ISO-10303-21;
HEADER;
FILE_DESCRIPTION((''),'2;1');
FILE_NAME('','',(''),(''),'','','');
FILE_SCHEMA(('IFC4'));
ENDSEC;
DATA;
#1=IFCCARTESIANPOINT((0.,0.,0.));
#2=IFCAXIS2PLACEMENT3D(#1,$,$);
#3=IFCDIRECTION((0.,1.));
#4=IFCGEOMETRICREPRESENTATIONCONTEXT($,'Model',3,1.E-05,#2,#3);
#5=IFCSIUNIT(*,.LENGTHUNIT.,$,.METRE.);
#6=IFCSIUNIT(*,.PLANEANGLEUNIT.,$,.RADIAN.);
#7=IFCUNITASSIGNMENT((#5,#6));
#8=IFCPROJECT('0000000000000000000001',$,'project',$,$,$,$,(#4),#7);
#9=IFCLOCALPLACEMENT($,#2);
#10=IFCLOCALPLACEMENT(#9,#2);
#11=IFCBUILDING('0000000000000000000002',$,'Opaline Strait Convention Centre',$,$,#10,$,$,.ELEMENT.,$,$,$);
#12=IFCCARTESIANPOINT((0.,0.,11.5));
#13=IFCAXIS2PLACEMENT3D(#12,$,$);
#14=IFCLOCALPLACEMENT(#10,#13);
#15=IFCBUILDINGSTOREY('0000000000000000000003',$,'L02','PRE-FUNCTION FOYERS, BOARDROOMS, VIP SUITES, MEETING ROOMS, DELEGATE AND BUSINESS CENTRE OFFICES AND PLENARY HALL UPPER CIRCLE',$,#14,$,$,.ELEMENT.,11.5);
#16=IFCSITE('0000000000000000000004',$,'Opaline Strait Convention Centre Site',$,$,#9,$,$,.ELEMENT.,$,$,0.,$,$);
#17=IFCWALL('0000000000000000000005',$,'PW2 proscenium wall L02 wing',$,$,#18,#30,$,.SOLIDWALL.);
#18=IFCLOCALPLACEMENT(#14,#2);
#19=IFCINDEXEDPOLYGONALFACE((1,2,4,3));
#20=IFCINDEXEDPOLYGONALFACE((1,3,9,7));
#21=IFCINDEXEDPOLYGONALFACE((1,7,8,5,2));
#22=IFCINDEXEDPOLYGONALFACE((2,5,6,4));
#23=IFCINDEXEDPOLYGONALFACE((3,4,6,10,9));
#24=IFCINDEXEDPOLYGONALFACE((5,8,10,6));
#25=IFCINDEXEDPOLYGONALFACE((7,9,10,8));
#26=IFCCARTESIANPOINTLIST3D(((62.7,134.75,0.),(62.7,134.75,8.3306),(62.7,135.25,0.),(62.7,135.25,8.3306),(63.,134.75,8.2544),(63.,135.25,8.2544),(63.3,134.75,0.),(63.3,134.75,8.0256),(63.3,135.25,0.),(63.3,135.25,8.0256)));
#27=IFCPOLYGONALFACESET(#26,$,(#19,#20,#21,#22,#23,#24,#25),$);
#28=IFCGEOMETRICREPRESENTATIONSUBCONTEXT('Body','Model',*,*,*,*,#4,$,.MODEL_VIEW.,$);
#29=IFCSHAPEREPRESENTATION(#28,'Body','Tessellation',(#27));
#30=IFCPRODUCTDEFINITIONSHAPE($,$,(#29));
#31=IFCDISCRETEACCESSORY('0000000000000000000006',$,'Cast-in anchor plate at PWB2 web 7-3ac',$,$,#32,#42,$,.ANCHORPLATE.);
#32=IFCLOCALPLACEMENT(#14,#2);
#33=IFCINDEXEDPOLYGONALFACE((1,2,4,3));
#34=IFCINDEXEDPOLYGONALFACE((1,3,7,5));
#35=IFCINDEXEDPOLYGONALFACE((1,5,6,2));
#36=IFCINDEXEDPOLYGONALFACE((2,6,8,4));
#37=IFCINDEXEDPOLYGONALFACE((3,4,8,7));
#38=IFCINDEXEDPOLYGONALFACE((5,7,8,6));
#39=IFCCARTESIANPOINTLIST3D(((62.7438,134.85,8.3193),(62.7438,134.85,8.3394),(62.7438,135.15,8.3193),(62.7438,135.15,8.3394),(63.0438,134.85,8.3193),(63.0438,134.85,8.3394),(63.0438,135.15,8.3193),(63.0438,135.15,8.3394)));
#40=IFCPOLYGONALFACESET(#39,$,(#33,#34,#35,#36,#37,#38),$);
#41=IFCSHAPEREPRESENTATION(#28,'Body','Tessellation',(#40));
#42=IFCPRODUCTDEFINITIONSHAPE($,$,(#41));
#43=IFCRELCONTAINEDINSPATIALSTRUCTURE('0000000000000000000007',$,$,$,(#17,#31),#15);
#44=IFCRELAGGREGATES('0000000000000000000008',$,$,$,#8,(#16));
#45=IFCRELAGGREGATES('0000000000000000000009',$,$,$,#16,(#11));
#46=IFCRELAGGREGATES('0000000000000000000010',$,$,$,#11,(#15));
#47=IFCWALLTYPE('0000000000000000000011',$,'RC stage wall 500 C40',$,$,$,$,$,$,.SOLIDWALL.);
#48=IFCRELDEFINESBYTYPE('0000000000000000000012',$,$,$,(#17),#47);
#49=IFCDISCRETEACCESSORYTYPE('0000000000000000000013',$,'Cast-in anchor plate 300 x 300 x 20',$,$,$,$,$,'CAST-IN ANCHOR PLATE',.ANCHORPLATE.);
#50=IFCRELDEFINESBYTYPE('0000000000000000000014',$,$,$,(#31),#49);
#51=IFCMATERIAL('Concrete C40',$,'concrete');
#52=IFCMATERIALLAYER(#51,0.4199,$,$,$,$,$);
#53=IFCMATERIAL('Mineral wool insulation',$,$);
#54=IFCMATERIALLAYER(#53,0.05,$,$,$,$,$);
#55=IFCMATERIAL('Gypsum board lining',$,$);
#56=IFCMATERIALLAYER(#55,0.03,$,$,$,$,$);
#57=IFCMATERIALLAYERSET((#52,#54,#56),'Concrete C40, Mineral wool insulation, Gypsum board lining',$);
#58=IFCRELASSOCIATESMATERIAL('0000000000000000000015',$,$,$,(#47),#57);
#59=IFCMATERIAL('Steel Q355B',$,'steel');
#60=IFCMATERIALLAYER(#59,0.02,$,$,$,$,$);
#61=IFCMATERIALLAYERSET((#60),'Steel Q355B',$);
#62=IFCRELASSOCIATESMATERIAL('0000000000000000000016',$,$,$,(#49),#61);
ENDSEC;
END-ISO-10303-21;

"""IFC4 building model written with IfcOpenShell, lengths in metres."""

from ifc_helpers import new_model, si_unit, direction, frame, origin, origin_2d, place, context, subcontext, project, spatial, polyline, rectangle, outline, extrude, material, layer, layer_set, type_object, element, save


model = new_model("IFC4")

# Units and contexts
model_context = context("Model", 3, precision=1e-05, world=origin(), true_north=direction((0.0, 1.0)))
body_context = subcontext(model_context, "Body", "Model", "MODEL_VIEW")
ifc_project = project(units=[si_unit("LENGTHUNIT", "METRE"), si_unit("PLANEANGLEUNIT", "RADIAN")], contexts=[model_context])

# Site, building, storey
site_placement = place(None, origin())
site = spatial("IfcSite", under=ifc_project, at=site_placement, Name="Opaline Strait Convention Centre Site", CompositionType="ELEMENT", RefElevation=0.0)
building_placement = place(site_placement, origin())
building = spatial("IfcBuilding", under=site, at=building_placement, Name="Opaline Strait Convention Centre", CompositionType="ELEMENT")
storey_placement = place(building_placement, frame((0.0, 0.0, 11.5)))
storey = spatial("IfcBuildingStorey", under=building, at=storey_placement, Name="L02", Description="PRE-FUNCTION FOYERS, BOARDROOMS, VIP SUITES, MEETING ROOMS, DELEGATE AND BUSINESS CENTRE OFFICES AND PLENARY HALL UPPER CIRCLE", CompositionType="ELEMENT", Elevation=11.5)

# Shared definitions
ifc_material_1 = material(Name="Steel Q355B", Category="steel")

# Wall
ifc_material_2 = material(Name="Concrete C40", Category="concrete")
ifc_layer_1 = layer(ifc_material_2, 0.4199)
ifc_material_3 = material(Name="Mineral wool insulation")
ifc_layer_2 = layer(ifc_material_3, 0.05)
ifc_material_4 = material(Name="Gypsum board lining")
ifc_layer_3 = layer(ifc_material_4, 0.03)
ifc_layer_set_1 = layer_set([ifc_layer_1, ifc_layer_2, ifc_layer_3], Name="Concrete C40, Mineral wool insulation, Gypsum board lining")
wall_type = type_object("IfcWallType", Name="RC stage wall 500 C40", PredefinedType="SOLIDWALL", material=ifc_layer_set_1)
wall_1_placement = place(storey_placement, frame((62.7, 135.0, 0.0), z_axis=(0.0, 0.0, 1.0), x_axis=(1.0, 0.0, 0.0)))
element("IfcWall", 1, at=wall_1_placement, inside=storey, type_object=wall_type, Name="PW2 proscenium wall L02 wing", PredefinedType="SOLIDWALL", context=body_context, shape_type="SweptSolid", body=[
    extrude(outline(polyline([(0.0, 0.0), (0.6001, 0.0), (0.6001, 8.0256), (0.3, 8.2544), (0.0, 8.3306), (0.0, 0.0)])), frame((0.0, 0.25, 0.0), z_axis=(0.0, -1.0, 0.0), x_axis=(1.0, 0.0, 0.0)), (0.0, 0.0, 1.0), 0.5),
])

# Discrete accessory
ifc_layer_4 = layer(ifc_material_1, 0.02)
ifc_layer_set_2 = layer_set([ifc_layer_4], Name="Steel Q355B")
discrete_accessory_type = type_object("IfcDiscreteAccessoryType", Name="Cast-in anchor plate 300 x 300 x 20", ElementType="CAST-IN ANCHOR PLATE", PredefinedType="ANCHORPLATE", material=ifc_layer_set_2)
discrete_accessory_placement = place(storey_placement, frame((62.8938, 135.0, 8.3193), z_axis=(0.0, 0.0, 1.0), x_axis=(1.0, 0.0, 0.0)))
element("IfcDiscreteAccessory", 2, at=discrete_accessory_placement, inside=storey, type_object=discrete_accessory_type, Name="Cast-in anchor plate at PWB2 web 7-3ac", PredefinedType="ANCHORPLATE", context=body_context, shape_type="SweptSolid", body=[
    extrude(rectangle(XDim=0.3, YDim=0.3, at=origin_2d()), origin(), (0.0, 0.0, 1.0), 0.02),
])

save(model, "model.ifc")
